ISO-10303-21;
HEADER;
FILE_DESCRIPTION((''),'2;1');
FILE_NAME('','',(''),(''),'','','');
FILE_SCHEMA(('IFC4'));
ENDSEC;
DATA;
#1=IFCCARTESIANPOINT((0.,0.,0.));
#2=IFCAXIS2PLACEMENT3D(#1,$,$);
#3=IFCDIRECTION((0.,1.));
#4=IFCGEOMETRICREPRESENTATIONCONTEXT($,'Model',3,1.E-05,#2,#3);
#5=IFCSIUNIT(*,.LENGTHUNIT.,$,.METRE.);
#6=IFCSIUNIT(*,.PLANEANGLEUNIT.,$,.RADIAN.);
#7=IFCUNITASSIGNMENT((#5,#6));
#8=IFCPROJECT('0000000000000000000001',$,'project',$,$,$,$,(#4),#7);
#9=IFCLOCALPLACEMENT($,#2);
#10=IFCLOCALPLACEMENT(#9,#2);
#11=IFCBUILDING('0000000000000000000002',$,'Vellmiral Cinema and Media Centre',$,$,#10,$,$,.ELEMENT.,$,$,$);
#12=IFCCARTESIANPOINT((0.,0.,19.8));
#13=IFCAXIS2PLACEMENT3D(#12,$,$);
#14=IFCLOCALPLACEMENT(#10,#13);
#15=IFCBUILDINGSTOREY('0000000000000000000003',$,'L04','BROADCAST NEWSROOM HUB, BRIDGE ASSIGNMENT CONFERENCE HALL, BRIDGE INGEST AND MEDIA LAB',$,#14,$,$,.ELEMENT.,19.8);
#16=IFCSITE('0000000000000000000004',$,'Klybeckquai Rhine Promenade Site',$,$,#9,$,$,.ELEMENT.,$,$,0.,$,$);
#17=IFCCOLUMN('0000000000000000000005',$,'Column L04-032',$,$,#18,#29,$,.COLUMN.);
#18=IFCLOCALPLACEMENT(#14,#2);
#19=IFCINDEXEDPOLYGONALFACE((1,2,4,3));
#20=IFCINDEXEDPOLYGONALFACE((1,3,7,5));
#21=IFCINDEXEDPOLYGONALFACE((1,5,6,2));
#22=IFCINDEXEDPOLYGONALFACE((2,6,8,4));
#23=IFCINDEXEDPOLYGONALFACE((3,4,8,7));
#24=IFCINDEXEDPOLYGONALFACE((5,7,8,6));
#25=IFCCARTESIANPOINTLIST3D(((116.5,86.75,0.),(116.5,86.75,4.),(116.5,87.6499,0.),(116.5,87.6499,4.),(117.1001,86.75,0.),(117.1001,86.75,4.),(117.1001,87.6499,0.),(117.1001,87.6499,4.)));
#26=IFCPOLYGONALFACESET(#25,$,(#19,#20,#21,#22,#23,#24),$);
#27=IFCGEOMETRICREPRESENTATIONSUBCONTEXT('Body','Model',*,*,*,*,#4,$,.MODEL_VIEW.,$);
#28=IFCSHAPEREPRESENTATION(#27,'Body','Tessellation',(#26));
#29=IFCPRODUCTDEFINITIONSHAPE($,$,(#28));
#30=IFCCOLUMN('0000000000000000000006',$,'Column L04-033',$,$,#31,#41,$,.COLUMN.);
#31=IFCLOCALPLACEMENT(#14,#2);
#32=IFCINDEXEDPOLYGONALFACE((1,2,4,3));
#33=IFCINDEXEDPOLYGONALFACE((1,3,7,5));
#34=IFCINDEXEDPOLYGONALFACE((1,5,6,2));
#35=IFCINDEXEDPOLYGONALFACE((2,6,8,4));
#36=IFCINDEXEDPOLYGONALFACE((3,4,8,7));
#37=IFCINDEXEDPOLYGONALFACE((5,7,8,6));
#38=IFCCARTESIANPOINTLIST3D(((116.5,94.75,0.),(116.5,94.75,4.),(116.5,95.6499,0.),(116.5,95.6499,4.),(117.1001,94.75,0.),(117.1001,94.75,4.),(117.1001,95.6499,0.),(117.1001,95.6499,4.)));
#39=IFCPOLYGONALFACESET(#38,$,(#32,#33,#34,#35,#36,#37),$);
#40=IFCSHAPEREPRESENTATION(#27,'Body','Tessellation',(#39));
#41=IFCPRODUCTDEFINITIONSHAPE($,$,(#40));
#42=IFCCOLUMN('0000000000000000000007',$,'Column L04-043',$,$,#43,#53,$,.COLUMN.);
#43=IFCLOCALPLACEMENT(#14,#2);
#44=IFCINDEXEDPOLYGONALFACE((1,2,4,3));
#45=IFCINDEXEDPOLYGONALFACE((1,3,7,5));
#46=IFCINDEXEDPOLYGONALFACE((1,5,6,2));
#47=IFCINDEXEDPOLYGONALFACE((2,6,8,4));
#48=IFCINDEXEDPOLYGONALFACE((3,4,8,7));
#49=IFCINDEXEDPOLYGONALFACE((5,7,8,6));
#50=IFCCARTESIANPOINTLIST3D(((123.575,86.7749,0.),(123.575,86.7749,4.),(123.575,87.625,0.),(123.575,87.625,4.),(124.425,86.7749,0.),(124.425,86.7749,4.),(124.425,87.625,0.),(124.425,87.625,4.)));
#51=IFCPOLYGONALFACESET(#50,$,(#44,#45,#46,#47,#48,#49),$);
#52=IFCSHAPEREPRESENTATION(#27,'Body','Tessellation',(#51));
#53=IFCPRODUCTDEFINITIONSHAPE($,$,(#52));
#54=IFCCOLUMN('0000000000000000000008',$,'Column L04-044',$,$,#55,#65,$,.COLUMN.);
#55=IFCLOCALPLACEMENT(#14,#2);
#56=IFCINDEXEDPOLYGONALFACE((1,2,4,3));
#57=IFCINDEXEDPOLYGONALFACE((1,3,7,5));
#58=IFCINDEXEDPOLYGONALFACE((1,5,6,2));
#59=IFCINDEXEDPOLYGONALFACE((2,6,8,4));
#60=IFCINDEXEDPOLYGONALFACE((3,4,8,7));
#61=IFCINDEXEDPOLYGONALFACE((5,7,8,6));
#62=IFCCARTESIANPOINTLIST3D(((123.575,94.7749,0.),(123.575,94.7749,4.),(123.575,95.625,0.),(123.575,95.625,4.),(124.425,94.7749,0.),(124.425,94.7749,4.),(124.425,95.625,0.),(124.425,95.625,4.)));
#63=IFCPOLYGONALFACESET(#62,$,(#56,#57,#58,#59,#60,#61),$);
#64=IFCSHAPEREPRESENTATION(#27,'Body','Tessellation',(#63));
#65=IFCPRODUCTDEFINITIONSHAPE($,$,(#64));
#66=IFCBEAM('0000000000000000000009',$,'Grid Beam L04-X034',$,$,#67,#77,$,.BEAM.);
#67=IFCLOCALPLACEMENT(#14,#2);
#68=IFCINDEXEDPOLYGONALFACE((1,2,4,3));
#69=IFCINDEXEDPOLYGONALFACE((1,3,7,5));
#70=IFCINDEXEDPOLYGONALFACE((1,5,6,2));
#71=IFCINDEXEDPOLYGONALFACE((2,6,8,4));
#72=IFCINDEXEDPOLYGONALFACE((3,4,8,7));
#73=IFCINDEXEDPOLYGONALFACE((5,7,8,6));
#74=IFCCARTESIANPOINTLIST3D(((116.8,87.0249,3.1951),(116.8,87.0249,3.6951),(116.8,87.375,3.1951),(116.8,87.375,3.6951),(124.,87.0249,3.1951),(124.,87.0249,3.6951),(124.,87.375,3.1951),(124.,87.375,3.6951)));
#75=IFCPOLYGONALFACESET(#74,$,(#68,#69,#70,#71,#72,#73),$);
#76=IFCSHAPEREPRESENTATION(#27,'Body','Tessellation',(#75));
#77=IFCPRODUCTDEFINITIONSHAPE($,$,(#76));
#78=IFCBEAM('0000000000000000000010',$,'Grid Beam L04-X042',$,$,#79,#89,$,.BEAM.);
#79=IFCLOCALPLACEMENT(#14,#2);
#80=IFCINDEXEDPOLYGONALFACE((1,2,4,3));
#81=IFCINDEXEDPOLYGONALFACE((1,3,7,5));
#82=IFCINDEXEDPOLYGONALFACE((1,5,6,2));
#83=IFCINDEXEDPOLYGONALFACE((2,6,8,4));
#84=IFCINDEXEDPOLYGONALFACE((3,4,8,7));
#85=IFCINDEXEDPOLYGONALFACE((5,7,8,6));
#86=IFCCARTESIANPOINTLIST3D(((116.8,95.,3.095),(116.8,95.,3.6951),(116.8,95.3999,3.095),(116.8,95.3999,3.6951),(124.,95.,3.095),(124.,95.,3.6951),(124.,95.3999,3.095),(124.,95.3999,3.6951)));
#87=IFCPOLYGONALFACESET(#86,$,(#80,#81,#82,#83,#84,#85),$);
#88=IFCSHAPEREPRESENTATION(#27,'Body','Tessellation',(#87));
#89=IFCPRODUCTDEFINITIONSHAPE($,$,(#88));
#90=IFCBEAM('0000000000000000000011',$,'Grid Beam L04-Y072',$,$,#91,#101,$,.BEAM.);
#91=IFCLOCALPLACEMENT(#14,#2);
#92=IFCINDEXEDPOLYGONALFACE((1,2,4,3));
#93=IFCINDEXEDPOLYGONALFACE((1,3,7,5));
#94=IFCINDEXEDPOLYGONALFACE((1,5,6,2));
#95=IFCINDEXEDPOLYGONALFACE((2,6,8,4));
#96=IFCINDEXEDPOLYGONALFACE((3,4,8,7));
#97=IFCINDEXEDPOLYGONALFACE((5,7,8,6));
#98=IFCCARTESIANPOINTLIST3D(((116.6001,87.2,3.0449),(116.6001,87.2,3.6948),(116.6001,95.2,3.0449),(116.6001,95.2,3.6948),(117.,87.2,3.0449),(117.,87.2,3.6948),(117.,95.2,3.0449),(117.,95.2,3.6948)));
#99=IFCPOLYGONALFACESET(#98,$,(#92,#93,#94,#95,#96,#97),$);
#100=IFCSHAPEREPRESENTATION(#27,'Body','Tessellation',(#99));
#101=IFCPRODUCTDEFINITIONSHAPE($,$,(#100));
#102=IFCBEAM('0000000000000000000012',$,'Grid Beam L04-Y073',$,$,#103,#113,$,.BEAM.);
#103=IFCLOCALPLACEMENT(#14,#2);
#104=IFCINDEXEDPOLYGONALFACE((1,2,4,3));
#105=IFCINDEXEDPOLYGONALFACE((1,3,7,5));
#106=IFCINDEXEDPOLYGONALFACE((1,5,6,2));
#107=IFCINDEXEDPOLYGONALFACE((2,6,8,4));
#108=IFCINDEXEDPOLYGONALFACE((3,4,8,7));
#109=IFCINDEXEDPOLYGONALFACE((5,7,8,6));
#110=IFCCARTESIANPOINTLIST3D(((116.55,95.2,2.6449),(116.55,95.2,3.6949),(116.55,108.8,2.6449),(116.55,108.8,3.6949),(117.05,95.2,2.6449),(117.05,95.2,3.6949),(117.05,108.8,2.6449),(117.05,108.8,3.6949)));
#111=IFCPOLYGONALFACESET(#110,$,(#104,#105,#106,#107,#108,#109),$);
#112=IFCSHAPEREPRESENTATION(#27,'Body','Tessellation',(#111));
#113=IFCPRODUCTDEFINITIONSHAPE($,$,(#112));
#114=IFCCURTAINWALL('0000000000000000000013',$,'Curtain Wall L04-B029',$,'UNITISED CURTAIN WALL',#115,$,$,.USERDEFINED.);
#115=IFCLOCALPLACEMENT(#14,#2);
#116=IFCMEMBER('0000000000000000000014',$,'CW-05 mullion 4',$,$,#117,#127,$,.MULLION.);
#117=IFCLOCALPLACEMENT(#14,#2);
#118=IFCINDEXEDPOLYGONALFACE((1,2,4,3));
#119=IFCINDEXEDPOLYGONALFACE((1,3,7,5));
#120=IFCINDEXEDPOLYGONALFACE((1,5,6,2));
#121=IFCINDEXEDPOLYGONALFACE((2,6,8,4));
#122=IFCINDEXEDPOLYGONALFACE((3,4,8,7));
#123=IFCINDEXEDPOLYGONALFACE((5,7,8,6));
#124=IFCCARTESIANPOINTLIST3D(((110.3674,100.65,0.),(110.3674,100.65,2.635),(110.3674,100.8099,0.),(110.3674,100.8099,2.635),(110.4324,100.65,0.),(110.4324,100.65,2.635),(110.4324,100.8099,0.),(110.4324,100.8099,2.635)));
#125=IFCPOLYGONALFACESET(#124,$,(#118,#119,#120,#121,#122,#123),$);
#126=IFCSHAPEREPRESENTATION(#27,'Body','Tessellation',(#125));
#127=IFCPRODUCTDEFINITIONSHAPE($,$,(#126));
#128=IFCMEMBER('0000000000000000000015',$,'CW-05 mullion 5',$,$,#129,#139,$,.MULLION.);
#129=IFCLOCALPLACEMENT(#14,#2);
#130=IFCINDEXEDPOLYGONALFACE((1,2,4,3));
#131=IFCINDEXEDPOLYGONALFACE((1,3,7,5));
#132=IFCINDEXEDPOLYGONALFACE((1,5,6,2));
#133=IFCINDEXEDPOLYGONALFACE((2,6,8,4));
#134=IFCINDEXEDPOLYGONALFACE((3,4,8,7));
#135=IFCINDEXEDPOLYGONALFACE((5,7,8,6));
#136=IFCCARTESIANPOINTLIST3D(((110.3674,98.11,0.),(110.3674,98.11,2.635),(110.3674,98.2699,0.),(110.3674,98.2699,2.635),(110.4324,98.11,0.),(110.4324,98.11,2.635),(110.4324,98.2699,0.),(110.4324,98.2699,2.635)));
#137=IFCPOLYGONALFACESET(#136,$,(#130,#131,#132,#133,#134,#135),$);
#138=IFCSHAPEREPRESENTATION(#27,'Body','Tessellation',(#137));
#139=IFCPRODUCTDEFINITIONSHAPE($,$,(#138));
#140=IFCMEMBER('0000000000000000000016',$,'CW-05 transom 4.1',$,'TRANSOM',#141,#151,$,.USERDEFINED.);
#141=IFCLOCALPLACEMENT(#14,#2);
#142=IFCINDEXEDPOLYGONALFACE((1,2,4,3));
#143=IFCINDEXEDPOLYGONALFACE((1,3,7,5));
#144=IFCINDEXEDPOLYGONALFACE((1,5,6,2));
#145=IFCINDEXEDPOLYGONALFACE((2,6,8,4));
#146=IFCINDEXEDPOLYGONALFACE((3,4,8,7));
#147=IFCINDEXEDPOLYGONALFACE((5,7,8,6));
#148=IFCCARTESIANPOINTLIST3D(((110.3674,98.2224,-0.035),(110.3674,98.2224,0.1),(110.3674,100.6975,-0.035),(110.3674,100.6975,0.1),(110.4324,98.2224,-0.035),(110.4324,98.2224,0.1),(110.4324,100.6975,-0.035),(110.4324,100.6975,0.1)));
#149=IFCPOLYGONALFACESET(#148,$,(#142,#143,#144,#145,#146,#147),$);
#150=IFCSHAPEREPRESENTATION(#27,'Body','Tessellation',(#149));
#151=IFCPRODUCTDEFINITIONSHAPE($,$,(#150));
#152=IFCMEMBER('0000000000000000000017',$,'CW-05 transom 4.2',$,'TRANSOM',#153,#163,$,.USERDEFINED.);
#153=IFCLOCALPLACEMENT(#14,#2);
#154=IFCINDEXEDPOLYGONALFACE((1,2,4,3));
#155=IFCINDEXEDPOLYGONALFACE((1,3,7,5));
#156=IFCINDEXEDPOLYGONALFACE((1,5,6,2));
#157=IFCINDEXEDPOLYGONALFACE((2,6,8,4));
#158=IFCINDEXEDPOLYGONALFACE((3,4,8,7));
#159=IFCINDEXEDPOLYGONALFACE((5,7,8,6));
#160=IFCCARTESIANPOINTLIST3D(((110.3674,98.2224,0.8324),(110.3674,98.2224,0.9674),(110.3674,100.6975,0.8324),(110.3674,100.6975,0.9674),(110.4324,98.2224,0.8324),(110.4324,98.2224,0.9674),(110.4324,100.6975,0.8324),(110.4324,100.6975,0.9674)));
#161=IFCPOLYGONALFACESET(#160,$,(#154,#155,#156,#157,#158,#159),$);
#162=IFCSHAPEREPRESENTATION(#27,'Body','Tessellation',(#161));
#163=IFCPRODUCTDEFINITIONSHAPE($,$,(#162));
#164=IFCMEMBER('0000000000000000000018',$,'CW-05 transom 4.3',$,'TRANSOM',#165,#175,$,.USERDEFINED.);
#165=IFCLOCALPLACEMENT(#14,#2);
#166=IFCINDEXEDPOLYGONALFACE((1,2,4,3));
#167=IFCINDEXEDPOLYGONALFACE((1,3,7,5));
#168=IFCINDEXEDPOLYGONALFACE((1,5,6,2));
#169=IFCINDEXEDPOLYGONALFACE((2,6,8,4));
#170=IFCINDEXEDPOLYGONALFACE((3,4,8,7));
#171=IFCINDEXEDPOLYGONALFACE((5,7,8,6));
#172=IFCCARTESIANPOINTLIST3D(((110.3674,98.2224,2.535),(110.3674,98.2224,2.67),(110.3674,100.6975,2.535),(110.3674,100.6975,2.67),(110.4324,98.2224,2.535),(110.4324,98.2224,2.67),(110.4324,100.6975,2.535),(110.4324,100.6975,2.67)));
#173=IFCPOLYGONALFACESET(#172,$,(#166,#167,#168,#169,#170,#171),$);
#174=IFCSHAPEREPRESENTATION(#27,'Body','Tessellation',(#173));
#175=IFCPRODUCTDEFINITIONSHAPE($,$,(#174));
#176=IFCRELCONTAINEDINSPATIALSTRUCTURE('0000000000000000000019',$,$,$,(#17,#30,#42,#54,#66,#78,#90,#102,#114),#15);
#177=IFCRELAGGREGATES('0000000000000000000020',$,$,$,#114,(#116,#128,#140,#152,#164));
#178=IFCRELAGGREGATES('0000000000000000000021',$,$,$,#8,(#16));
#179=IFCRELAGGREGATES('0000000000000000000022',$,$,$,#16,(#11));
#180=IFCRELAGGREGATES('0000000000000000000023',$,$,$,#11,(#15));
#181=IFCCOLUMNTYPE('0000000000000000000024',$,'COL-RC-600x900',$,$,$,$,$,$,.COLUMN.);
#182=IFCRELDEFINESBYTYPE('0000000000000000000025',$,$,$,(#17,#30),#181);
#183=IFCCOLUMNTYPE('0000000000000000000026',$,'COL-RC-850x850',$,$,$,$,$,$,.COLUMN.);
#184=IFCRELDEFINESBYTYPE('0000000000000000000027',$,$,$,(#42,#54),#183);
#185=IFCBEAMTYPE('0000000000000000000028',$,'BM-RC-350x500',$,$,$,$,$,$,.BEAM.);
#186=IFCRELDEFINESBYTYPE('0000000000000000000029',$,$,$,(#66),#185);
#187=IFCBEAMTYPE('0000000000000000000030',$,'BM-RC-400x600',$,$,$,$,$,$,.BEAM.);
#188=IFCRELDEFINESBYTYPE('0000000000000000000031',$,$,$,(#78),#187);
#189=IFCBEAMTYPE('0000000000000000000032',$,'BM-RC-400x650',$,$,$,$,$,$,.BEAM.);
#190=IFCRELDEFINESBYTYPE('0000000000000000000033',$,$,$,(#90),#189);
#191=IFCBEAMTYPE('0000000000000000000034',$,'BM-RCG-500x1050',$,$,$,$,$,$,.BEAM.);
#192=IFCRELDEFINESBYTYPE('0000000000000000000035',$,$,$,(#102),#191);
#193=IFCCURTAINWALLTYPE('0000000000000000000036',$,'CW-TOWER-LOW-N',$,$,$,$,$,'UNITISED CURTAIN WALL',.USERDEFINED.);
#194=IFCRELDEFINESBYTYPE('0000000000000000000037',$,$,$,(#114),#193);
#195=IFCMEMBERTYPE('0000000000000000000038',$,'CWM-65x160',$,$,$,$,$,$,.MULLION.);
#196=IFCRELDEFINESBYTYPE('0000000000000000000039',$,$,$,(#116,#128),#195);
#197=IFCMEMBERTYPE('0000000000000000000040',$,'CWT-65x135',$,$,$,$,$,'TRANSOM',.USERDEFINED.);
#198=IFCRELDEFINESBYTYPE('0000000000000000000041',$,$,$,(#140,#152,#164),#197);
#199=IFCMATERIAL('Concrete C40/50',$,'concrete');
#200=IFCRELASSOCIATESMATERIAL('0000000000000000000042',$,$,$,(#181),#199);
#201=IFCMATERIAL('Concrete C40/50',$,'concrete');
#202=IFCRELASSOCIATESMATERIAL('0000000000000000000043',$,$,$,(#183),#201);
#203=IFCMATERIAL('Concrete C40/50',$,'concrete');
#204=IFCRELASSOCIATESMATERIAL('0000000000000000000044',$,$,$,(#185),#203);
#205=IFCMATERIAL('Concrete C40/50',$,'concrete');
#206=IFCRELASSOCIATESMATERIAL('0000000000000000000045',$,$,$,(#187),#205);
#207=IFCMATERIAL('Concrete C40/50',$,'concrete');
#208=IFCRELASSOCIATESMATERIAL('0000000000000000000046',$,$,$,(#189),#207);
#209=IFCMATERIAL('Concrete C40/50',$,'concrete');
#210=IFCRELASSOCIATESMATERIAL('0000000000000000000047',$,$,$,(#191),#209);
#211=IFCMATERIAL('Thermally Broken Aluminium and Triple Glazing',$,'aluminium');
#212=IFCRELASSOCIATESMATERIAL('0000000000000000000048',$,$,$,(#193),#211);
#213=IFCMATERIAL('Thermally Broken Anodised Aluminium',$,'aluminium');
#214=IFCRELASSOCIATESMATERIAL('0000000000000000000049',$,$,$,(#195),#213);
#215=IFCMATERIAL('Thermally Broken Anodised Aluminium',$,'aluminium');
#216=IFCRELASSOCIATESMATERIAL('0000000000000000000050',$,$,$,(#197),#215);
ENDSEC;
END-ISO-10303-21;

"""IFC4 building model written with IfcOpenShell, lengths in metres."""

from ifc_helpers import new_model, si_unit, direction, frame, origin, origin_2d, place, context, subcontext, project, spatial, rectangle, extrude, material, material_profile, profile_set, type_object, element, aggregate, save


model = new_model("IFC4")

# Units and contexts
model_context = context("Model", 3, precision=1e-05, world=origin(), true_north=direction((0.0, 1.0)))
body_context = subcontext(model_context, "Body", "Model", "MODEL_VIEW")
ifc_project = project(units=[si_unit("LENGTHUNIT", "METRE"), si_unit("PLANEANGLEUNIT", "RADIAN")], contexts=[model_context])

# Site, building, storey
site_placement = place(None, origin())
site = spatial("IfcSite", under=ifc_project, at=site_placement, Name="Klybeckquai Rhine Promenade Site", CompositionType="ELEMENT", RefElevation=0.0)
building_placement = place(site_placement, origin())
building = spatial("IfcBuilding", under=site, at=building_placement, Name="Vellmiral Cinema and Media Centre", CompositionType="ELEMENT")
storey_placement = place(building_placement, frame((0.0, 0.0, 19.8)))
storey = spatial("IfcBuildingStorey", under=building, at=storey_placement, Name="L04", Description="BROADCAST NEWSROOM HUB, BRIDGE ASSIGNMENT CONFERENCE HALL, BRIDGE INGEST AND MEDIA LAB", CompositionType="ELEMENT", Elevation=19.8)

# Columns
ifc_material_1 = material(Name="Concrete C40/50", Category="concrete")
ifc_material_profile_1 = material_profile(ifc_material_1, rectangle(XDim=0.6001, YDim=0.8999, at=origin_2d()), Name="RC 600x900")
ifc_profile_set_1 = profile_set([ifc_material_profile_1], Name="Concrete C40/50")
column_type_1 = type_object("IfcColumnType", Name="COL-RC-600x900", PredefinedType="COLUMN", material=ifc_profile_set_1)
for number, where, z_axis, x_axis, name in (
    (1, (116.8, 87.2, 0.0), (0.0, 0.0, 1.0), (1.0, 0.0, 0.0), "Column L04-032"),
    (2, (116.8, 95.2, 0.0), (0.0, 0.0, 1.0), (1.0, 0.0, 0.0), "Column L04-033"),
):
    element("IfcColumn", number, at=place(storey_placement, frame(where, z_axis=z_axis, x_axis=x_axis)), inside=storey, type_object=column_type_1, Name=name, PredefinedType="COLUMN", context=body_context, shape_type="SweptSolid", body=[
        extrude(rectangle(XDim=0.6001, YDim=0.8999, at=origin_2d()), origin(), (0.0, 0.0, 1.0), 4.0),
    ])
ifc_material_2 = material(Name="Concrete C40/50", Category="concrete")
ifc_material_profile_2 = material_profile(ifc_material_2, rectangle(XDim=0.8501, YDim=0.8501, at=origin_2d()), Name="RC 850x850")
ifc_profile_set_2 = profile_set([ifc_material_profile_2], Name="Concrete C40/50")
column_type_2 = type_object("IfcColumnType", Name="COL-RC-850x850", PredefinedType="COLUMN", material=ifc_profile_set_2)
for number, where, z_axis, x_axis, name in (
    (3, (124.0, 87.2, 0.0), (0.0, 0.0, 1.0), (1.0, 0.0, 0.0), "Column L04-043"),
    (4, (124.0, 95.2, 0.0), (0.0, 0.0, 1.0), (1.0, 0.0, 0.0), "Column L04-044"),
):
    element("IfcColumn", number, at=place(storey_placement, frame(where, z_axis=z_axis, x_axis=x_axis)), inside=storey, type_object=column_type_2, Name=name, PredefinedType="COLUMN", context=body_context, shape_type="SweptSolid", body=[
        extrude(rectangle(XDim=0.8501, YDim=0.8501, at=origin_2d()), origin(), (0.0, 0.0, 1.0), 4.0),
    ])

# Beams
ifc_material_3 = material(Name="Concrete C40/50", Category="concrete")
ifc_material_profile_3 = material_profile(ifc_material_3, rectangle(XDim=0.3501, YDim=0.5, at=origin_2d()), Name="RC 350x500")
ifc_profile_set_3 = profile_set([ifc_material_profile_3], Name="Concrete C40/50")
beam_type_1 = type_object("IfcBeamType", Name="BM-RC-350x500", PredefinedType="BEAM", material=ifc_profile_set_3)
beam_1_placement = place(storey_placement, frame((116.8, 87.2, 3.4451), z_axis=(1.0, 0.0, 0.0), x_axis=(0.0, 1.0, 0.0)))
element("IfcBeam", 5, at=beam_1_placement, inside=storey, type_object=beam_type_1, Name="Grid Beam L04-X034", PredefinedType="BEAM", context=body_context, shape_type="SweptSolid", body=[
    extrude(rectangle(XDim=0.3501, YDim=0.5, at=origin_2d()), origin(), (0.0, 0.0, 1.0), 7.2),
])
ifc_material_4 = material(Name="Concrete C40/50", Category="concrete")
ifc_material_profile_4 = material_profile(ifc_material_4, rectangle(XDim=0.3999, YDim=0.6001, at=origin_2d()), Name="RC 400x600")
ifc_profile_set_4 = profile_set([ifc_material_profile_4], Name="Concrete C40/50")
beam_type_2 = type_object("IfcBeamType", Name="BM-RC-400x600", PredefinedType="BEAM", material=ifc_profile_set_4)
beam_2_placement = place(storey_placement, frame((116.8, 95.2, 3.395), z_axis=(1.0, 0.0, 0.0), x_axis=(0.0, 1.0, 0.0)))
element("IfcBeam", 6, at=beam_2_placement, inside=storey, type_object=beam_type_2, Name="Grid Beam L04-X042", PredefinedType="BEAM", context=body_context, shape_type="SweptSolid", body=[
    extrude(rectangle(XDim=0.3999, YDim=0.6001, at=origin_2d()), origin(), (0.0, 0.0, 1.0), 7.2),
])
ifc_material_5 = material(Name="Concrete C40/50", Category="concrete")
ifc_material_profile_5 = material_profile(ifc_material_5, rectangle(XDim=0.3999, YDim=0.6499, at=origin_2d()), Name="RC 400x650")
ifc_profile_set_5 = profile_set([ifc_material_profile_5], Name="Concrete C40/50")
beam_type_3 = type_object("IfcBeamType", Name="BM-RC-400x650", PredefinedType="BEAM", material=ifc_profile_set_5)
beam_3_placement = place(storey_placement, frame((116.8, 87.2, 3.3699), z_axis=(0.0, 1.0, 0.0), x_axis=(-1.0, 0.0, 0.0)))
element("IfcBeam", 7, at=beam_3_placement, inside=storey, type_object=beam_type_3, Name="Grid Beam L04-Y072", PredefinedType="BEAM", context=body_context, shape_type="SweptSolid", body=[
    extrude(rectangle(XDim=0.3999, YDim=0.6499, at=origin_2d()), origin(), (0.0, 0.0, 1.0), 8.0),
])
ifc_material_6 = material(Name="Concrete C40/50", Category="concrete")
ifc_material_profile_6 = material_profile(ifc_material_6, rectangle(XDim=0.5, YDim=1.05, at=origin_2d()), Name="RC 500x1050")
ifc_profile_set_6 = profile_set([ifc_material_profile_6], Name="Concrete C40/50")
beam_type_4 = type_object("IfcBeamType", Name="BM-RCG-500x1050", PredefinedType="BEAM", material=ifc_profile_set_6)
beam_4_placement = place(storey_placement, frame((116.8, 95.2, 3.1699), z_axis=(0.0, 1.0, 0.0), x_axis=(-1.0, 0.0, 0.0)))
element("IfcBeam", 8, at=beam_4_placement, inside=storey, type_object=beam_type_4, Name="Grid Beam L04-Y073", PredefinedType="BEAM", context=body_context, shape_type="SweptSolid", body=[
    extrude(rectangle(XDim=0.5, YDim=1.05, at=origin_2d()), origin(), (0.0, 0.0, 1.0), 13.6001),
])

# Curtain wall, members
ifc_material_7 = material(Name="Thermally Broken Aluminium and Triple Glazing", Category="aluminium")
curtain_wall_type = type_object("IfcCurtainWallType", Name="CW-TOWER-LOW-N", ElementType="UNITISED CURTAIN WALL", PredefinedType="USERDEFINED", material=ifc_material_7)
curtain_wall_placement = place(storey_placement, origin())
curtain_wall = element("IfcCurtainWall", 9, at=curtain_wall_placement, inside=storey, type_object=curtain_wall_type, Name="Curtain Wall L04-B029", ObjectType="UNITISED CURTAIN WALL", PredefinedType="USERDEFINED")
ifc_material_8 = material(Name="Thermally Broken Anodised Aluminium", Category="aluminium")
ifc_material_profile_7 = material_profile(ifc_material_8, rectangle(XDim=0.0649, YDim=0.1599, at=origin_2d()), Name="MULL 65x160")
ifc_profile_set_7 = profile_set([ifc_material_profile_7], Name="Thermally Broken Anodised Aluminium")
member_type_1 = type_object("IfcMemberType", Name="CWM-65x160", PredefinedType="MULLION", material=ifc_profile_set_7)
member_1_placement = place(storey_placement, frame((110.3999, 100.73, 0.0), z_axis=(0.0, 0.0, 1.0), x_axis=(1.0, 0.0, 0.0)))
member_1 = element("IfcMember", 10, at=member_1_placement, type_object=member_type_1, Name="CW-05 mullion 4", PredefinedType="MULLION", context=body_context, shape_type="SweptSolid", body=[
    extrude(rectangle(XDim=0.0649, YDim=0.1599, at=origin_2d()), origin(), (0.0, 0.0, 1.0), 2.635),
])
member_2_placement = place(storey_placement, frame((110.3999, 98.1899, 0.0), z_axis=(0.0, 0.0, 1.0), x_axis=(1.0, 0.0, 0.0)))
member_2 = element("IfcMember", 11, at=member_2_placement, type_object=member_type_1, Name="CW-05 mullion 5", PredefinedType="MULLION", context=body_context, shape_type="SweptSolid", body=[
    extrude(rectangle(XDim=0.0649, YDim=0.1599, at=origin_2d()), origin(), (0.0, 0.0, 1.0), 2.635),
])
ifc_material_9 = material(Name="Thermally Broken Anodised Aluminium", Category="aluminium")
ifc_material_profile_8 = material_profile(ifc_material_9, rectangle(XDim=0.0649, YDim=0.135, at=origin_2d()), Name="MULL 65x135")
ifc_profile_set_8 = profile_set([ifc_material_profile_8], Name="Thermally Broken Anodised Aluminium")
member_type_2 = type_object("IfcMemberType", Name="CWT-65x135", ElementType="TRANSOM", PredefinedType="USERDEFINED", material=ifc_profile_set_8)
member_3_placement = place(storey_placement, frame((110.3999, 100.6975, 0.0325), z_axis=(0.0, -1.0, 0.0), x_axis=(1.0, 0.0, 0.0)))
member_3 = element("IfcMember", 12, at=member_3_placement, type_object=member_type_2, Name="CW-05 transom 4.1", ObjectType="TRANSOM", PredefinedType="USERDEFINED", context=body_context, shape_type="SweptSolid", body=[
    extrude(rectangle(XDim=0.0649, YDim=0.135, at=origin_2d()), origin(), (0.0, 0.0, 1.0), 2.4751),
])
member_4_placement = place(storey_placement, frame((110.3999, 100.6975, 0.8999), z_axis=(0.0, -1.0, 0.0), x_axis=(1.0, 0.0, 0.0)))
member_4 = element("IfcMember", 13, at=member_4_placement, type_object=member_type_2, Name="CW-05 transom 4.2", ObjectType="TRANSOM", PredefinedType="USERDEFINED", context=body_context, shape_type="SweptSolid", body=[
    extrude(rectangle(XDim=0.0649, YDim=0.135, at=origin_2d()), origin(), (0.0, 0.0, 1.0), 2.4751),
])
member_5_placement = place(storey_placement, frame((110.3999, 100.6975, 2.6025), z_axis=(0.0, -1.0, 0.0), x_axis=(1.0, 0.0, 0.0)))
member_5 = element("IfcMember", 14, at=member_5_placement, type_object=member_type_2, Name="CW-05 transom 4.3", ObjectType="TRANSOM", PredefinedType="USERDEFINED", context=body_context, shape_type="SweptSolid", body=[
    extrude(rectangle(XDim=0.0649, YDim=0.135, at=origin_2d()), origin(), (0.0, 0.0, 1.0), 2.4751),
])

aggregate(curtain_wall, [member_1, member_2, member_3, member_4, member_5])

save(model, "model.ifc")
